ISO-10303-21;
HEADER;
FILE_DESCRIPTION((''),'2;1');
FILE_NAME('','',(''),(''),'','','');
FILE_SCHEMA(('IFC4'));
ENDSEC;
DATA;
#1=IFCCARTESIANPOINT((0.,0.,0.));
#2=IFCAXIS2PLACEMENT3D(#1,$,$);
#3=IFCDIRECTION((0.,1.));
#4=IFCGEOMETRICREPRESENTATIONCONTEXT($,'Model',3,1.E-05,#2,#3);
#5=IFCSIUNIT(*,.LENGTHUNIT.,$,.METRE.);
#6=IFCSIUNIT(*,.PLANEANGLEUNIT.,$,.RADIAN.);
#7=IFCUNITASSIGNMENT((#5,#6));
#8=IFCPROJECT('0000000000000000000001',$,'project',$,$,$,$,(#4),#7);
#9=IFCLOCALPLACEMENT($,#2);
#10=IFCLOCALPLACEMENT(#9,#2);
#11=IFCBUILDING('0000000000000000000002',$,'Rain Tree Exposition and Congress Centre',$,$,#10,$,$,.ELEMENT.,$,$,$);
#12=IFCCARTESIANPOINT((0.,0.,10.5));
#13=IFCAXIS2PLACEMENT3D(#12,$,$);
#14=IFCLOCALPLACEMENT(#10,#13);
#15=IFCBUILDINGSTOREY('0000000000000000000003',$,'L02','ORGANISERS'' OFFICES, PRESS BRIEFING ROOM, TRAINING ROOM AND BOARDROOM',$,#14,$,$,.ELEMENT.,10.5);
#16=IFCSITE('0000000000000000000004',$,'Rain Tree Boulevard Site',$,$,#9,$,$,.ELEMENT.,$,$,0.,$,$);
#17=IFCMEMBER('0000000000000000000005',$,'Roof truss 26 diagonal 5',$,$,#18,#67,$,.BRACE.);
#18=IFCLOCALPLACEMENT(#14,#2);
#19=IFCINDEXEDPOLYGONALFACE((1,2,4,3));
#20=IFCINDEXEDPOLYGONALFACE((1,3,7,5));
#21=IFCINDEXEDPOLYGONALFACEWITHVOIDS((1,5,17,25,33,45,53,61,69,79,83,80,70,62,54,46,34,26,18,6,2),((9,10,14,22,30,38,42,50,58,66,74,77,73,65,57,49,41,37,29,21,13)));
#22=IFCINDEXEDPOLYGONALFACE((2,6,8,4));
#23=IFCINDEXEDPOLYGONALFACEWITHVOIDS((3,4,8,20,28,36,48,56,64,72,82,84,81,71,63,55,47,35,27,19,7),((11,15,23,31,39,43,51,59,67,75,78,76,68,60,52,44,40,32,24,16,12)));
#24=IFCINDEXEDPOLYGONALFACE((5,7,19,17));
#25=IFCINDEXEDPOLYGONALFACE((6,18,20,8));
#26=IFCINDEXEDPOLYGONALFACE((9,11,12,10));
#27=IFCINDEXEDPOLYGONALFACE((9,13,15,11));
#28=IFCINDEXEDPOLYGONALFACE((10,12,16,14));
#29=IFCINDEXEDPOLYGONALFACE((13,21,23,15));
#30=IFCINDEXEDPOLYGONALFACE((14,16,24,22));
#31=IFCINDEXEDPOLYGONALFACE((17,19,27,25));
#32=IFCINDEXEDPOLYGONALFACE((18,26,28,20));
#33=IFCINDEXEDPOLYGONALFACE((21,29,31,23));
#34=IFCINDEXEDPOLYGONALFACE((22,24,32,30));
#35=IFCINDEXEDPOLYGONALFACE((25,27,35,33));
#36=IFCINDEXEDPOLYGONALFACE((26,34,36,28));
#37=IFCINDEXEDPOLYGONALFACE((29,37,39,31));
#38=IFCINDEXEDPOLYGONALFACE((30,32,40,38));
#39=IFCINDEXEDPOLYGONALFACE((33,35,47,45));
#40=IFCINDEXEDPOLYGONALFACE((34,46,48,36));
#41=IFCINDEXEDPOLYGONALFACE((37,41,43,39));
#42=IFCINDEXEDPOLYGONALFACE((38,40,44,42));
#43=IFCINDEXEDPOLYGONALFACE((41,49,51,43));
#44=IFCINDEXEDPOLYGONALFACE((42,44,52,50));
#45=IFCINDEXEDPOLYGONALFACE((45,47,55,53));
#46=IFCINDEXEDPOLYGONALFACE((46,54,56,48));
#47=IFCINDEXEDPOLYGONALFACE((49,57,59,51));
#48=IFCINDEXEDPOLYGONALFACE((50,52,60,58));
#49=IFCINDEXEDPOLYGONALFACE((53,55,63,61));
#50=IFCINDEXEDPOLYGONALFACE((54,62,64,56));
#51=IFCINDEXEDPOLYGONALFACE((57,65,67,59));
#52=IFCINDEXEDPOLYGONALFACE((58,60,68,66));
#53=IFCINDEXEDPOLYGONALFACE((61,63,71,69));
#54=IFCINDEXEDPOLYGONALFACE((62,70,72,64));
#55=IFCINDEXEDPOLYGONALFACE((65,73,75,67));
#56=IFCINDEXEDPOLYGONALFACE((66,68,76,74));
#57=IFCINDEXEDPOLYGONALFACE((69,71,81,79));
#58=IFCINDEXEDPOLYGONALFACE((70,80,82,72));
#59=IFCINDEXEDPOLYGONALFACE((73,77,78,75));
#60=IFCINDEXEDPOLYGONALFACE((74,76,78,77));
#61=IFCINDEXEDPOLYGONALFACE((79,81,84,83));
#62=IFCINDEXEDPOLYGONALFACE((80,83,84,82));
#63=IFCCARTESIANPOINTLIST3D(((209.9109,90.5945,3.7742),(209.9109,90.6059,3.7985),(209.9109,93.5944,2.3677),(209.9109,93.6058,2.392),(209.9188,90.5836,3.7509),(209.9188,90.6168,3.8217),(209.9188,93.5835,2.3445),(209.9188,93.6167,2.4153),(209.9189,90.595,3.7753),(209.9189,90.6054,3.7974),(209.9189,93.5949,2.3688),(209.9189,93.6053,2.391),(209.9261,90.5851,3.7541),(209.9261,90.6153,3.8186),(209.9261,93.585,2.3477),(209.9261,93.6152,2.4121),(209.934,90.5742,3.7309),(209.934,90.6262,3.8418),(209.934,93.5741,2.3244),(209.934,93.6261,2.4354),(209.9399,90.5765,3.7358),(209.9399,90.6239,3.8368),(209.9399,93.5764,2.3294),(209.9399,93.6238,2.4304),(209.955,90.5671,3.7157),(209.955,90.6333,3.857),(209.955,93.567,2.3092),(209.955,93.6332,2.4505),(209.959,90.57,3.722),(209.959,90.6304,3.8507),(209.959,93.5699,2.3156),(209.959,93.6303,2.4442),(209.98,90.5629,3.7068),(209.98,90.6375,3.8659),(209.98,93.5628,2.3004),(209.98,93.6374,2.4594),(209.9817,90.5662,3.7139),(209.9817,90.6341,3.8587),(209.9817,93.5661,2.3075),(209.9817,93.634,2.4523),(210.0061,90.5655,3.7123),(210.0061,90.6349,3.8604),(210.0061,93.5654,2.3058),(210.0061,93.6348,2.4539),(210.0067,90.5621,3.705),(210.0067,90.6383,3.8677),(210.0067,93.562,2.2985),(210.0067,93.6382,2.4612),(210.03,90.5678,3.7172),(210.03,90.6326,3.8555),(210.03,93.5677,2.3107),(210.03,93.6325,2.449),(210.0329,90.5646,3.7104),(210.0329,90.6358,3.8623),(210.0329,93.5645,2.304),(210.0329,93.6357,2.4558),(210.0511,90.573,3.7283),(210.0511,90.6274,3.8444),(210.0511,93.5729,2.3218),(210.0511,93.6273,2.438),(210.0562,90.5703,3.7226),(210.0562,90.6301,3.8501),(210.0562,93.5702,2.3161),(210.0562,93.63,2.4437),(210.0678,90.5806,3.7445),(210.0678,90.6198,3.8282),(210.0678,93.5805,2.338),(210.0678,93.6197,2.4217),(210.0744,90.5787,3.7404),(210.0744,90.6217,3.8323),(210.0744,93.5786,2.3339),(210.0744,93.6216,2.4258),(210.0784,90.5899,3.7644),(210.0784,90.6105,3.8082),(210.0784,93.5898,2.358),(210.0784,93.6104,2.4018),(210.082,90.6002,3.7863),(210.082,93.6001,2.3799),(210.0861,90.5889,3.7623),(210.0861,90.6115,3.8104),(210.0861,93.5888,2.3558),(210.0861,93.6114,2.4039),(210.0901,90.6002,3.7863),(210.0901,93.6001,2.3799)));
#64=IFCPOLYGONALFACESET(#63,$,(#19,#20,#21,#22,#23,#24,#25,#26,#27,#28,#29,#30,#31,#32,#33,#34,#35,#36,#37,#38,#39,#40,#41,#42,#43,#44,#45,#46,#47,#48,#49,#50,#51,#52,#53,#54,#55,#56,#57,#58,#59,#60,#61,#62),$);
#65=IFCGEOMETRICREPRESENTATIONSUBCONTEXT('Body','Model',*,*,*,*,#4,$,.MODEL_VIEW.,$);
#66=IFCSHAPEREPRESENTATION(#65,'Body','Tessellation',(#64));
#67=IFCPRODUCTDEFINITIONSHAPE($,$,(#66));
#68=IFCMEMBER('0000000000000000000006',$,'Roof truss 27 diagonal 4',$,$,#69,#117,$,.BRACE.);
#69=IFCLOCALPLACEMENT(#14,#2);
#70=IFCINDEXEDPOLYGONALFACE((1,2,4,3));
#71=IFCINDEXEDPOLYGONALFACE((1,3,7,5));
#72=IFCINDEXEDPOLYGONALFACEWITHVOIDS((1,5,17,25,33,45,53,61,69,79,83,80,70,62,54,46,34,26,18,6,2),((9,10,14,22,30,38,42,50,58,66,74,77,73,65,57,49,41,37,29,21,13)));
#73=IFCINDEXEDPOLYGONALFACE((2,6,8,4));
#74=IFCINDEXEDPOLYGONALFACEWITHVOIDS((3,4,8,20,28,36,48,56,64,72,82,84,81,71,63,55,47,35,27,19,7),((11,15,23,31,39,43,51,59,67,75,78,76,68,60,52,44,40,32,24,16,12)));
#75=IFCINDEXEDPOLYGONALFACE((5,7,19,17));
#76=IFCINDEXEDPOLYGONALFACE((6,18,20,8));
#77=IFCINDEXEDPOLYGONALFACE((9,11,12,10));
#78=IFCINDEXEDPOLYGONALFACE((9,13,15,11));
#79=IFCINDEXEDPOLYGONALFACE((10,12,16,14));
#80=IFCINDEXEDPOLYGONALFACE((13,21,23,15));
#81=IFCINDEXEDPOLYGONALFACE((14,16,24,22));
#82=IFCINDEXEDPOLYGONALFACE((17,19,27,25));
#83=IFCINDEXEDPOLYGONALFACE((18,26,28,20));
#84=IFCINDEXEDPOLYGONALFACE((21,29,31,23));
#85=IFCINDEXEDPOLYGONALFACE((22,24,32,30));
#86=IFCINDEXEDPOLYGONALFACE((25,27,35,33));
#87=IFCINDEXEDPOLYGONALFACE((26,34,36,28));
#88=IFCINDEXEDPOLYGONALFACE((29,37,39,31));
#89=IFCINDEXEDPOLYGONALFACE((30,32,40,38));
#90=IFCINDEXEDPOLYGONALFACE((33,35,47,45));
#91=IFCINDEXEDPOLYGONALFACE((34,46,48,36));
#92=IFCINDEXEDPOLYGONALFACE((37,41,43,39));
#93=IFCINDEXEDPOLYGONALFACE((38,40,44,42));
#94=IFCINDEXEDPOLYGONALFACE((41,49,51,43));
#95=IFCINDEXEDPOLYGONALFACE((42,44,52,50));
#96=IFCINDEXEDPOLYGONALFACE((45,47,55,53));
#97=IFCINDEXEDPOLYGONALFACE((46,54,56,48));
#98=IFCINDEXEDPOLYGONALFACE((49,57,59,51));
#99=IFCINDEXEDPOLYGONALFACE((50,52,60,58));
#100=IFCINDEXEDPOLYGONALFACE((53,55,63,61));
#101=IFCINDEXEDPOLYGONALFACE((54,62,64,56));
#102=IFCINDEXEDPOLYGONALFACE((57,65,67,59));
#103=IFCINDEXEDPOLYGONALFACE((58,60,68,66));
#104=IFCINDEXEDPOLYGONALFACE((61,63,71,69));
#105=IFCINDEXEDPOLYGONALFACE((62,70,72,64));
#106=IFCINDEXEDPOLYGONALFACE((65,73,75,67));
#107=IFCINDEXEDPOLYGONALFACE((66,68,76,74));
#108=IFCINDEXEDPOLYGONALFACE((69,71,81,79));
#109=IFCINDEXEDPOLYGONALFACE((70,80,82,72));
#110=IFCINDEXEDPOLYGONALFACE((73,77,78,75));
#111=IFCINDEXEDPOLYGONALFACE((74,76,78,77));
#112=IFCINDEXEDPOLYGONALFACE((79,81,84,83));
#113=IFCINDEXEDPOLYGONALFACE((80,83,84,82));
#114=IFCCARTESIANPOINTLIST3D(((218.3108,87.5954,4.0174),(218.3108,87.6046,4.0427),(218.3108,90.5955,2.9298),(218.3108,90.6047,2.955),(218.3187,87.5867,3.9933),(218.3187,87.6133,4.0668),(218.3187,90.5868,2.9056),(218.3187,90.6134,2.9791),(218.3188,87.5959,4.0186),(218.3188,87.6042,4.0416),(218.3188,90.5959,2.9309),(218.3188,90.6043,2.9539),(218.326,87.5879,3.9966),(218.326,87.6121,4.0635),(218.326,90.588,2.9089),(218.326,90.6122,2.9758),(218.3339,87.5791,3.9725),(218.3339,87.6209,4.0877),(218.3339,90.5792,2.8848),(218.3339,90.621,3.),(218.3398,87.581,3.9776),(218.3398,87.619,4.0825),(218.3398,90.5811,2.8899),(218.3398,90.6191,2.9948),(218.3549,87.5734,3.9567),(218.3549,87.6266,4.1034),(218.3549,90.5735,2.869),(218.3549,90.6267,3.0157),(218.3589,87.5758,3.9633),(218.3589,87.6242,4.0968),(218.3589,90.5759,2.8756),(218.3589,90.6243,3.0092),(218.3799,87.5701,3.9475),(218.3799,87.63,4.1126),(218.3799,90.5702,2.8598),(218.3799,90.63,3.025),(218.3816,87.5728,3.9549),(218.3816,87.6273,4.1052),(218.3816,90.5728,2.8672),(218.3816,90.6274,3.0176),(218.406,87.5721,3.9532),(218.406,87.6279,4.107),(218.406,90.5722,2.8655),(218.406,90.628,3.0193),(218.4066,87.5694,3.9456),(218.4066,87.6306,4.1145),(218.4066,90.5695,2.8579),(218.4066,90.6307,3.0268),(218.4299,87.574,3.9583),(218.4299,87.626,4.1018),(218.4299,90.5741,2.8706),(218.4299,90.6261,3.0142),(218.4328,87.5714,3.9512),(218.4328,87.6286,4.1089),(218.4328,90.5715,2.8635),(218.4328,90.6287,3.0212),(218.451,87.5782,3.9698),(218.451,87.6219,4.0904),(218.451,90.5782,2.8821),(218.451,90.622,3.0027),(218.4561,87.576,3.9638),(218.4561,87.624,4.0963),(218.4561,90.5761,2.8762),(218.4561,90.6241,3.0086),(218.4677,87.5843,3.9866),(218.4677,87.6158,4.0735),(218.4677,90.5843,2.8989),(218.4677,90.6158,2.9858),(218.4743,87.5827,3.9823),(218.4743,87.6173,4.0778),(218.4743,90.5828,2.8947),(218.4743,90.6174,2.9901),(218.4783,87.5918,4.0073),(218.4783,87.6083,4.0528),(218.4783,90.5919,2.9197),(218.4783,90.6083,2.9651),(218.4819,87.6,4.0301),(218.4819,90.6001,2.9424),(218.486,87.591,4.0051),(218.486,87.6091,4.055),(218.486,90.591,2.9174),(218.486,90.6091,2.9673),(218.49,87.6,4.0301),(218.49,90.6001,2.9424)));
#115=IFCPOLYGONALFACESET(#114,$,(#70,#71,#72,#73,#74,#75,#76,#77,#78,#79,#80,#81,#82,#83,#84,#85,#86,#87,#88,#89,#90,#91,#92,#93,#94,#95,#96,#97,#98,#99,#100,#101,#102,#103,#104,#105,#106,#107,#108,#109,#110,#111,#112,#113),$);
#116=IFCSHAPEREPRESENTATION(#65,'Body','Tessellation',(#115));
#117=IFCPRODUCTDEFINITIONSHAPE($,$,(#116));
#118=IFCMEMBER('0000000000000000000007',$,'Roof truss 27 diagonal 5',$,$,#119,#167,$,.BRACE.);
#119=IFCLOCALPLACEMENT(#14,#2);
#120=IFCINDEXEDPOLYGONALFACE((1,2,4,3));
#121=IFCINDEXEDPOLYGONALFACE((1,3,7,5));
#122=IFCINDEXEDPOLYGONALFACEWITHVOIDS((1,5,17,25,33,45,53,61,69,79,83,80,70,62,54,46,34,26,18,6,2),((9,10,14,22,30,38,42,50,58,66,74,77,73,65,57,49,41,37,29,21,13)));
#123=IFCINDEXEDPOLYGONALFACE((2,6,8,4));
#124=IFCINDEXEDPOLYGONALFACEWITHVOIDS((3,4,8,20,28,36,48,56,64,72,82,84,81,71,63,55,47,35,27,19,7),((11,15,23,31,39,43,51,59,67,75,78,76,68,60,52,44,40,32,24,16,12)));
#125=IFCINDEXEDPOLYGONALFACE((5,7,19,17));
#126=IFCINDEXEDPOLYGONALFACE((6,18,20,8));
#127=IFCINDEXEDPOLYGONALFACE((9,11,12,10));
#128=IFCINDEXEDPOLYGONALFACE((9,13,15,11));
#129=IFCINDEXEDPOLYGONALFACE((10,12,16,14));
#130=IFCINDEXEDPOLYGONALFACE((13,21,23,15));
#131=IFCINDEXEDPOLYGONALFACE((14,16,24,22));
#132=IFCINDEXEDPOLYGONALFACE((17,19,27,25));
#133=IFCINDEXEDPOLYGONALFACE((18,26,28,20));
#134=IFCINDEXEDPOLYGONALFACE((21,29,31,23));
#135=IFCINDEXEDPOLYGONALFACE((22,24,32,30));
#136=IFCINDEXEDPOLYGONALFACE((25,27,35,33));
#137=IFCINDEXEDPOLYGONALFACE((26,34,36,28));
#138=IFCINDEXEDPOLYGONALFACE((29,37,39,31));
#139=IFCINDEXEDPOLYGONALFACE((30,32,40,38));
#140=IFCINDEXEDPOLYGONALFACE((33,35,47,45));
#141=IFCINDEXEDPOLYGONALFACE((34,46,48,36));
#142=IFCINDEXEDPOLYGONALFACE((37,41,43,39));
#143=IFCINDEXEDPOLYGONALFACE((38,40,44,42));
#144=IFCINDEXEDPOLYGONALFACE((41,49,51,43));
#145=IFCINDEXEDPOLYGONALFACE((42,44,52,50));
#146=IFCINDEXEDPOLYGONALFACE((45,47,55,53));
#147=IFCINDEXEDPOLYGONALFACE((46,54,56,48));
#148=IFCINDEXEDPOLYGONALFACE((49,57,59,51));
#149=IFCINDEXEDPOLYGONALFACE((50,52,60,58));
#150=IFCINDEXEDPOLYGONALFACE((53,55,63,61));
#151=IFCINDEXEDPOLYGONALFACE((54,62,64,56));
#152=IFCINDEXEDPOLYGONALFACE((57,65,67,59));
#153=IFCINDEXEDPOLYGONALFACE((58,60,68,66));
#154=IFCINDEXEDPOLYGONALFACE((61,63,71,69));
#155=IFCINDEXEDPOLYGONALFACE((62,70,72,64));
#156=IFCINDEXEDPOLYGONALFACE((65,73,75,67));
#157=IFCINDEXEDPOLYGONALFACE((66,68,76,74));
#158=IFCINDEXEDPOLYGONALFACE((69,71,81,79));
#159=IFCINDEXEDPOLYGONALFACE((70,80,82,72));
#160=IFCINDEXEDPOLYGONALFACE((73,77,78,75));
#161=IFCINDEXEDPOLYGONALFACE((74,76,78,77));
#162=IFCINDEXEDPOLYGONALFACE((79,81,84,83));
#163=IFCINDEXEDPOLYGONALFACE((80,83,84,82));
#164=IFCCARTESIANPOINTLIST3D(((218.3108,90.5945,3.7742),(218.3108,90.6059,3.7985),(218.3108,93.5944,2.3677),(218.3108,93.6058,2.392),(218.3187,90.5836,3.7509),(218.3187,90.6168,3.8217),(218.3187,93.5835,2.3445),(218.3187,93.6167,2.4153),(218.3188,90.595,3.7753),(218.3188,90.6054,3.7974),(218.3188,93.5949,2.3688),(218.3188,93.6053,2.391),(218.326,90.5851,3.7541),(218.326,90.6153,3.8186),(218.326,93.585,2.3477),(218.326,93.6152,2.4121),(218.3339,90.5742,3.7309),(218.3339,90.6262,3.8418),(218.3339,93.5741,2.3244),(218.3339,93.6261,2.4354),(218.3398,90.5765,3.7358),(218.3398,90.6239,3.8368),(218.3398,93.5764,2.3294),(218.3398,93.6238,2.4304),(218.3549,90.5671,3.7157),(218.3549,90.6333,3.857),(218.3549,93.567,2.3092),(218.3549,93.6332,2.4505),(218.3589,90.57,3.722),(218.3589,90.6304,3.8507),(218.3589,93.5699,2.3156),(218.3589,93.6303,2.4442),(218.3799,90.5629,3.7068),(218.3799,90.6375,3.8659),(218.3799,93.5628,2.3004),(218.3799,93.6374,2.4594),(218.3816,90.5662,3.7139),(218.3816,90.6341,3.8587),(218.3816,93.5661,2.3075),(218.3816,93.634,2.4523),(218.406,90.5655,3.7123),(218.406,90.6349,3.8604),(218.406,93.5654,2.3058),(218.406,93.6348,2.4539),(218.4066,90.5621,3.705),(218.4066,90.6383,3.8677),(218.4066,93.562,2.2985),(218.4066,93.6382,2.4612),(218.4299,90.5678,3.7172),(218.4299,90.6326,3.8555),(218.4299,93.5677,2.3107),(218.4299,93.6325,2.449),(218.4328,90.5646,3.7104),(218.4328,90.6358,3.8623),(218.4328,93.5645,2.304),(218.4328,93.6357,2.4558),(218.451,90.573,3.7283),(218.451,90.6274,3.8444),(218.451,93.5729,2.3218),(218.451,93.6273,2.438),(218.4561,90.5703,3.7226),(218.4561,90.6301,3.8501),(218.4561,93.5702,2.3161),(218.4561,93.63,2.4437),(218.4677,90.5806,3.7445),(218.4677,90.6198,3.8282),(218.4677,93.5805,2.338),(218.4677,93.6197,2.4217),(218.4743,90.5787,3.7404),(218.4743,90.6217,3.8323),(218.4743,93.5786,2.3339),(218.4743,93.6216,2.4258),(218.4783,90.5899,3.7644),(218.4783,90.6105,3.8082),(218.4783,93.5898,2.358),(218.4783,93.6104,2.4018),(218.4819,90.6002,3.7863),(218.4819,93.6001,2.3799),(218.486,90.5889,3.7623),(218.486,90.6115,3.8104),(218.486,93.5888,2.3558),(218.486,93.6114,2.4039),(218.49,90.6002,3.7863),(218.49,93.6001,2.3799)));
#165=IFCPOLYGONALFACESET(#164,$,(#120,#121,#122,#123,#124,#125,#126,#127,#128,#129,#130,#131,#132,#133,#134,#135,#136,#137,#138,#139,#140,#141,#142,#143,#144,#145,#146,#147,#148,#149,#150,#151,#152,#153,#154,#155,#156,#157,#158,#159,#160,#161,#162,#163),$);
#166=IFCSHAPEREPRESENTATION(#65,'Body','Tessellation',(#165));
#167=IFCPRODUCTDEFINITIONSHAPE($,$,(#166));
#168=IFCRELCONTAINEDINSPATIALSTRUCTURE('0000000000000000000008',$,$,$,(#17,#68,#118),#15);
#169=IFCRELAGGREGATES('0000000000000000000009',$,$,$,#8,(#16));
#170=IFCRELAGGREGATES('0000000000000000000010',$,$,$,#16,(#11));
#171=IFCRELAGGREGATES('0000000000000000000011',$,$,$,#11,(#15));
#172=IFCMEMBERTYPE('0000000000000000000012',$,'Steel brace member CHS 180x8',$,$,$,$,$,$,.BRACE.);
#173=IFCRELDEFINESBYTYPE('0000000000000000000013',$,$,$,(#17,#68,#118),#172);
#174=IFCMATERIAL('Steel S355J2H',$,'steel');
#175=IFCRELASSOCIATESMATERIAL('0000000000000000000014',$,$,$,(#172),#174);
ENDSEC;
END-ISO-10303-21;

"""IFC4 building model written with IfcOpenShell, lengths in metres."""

from ifc_helpers import new_model, si_unit, direction, frame, origin, origin_2d, place, context, subcontext, project, spatial, hollow_circle, extrude, material, material_profile, profile_set, type_object, element, save


model = new_model("IFC4")

# Units and contexts
model_context = context("Model", 3, precision=1e-05, world=origin(), true_north=direction((0.0, 1.0)))
body_context = subcontext(model_context, "Body", "Model", "MODEL_VIEW")
ifc_project = project(units=[si_unit("LENGTHUNIT", "METRE"), si_unit("PLANEANGLEUNIT", "RADIAN")], contexts=[model_context])

# Site, building, storey
site_placement = place(None, origin())
site = spatial("IfcSite", under=ifc_project, at=site_placement, Name="Rain Tree Boulevard Site", CompositionType="ELEMENT", RefElevation=0.0)
building_placement = place(site_placement, origin())
building = spatial("IfcBuilding", under=site, at=building_placement, Name="Rain Tree Exposition and Congress Centre", CompositionType="ELEMENT")
storey_placement = place(building_placement, frame((0.0, 0.0, 10.5)))
storey = spatial("IfcBuildingStorey", under=building, at=storey_placement, Name="L02", Description="ORGANISERS' OFFICES, PRESS BRIEFING ROOM, TRAINING ROOM AND BOARDROOM", CompositionType="ELEMENT", Elevation=10.5)

# Members
ifc_material_1 = material(Name="Steel S355J2H", Category="steel")
ifc_material_profile_1 = material_profile(ifc_material_1, hollow_circle(Radius=0.0901, WallThickness=0.0081, at=origin_2d()), Name="CHS 180x8")
ifc_profile_set_1 = profile_set([ifc_material_profile_1], Name="Steel S355J2H")
member_type_1 = type_object("IfcMemberType", Name="Steel brace member CHS 180x8", PredefinedType="BRACE", material=ifc_profile_set_1)
member_1_placement = place(storey_placement, frame((210.0, 93.6001, 2.3799), z_axis=(0.0, -0.905431, 0.424494), x_axis=(1.0, 0.0, 0.0)))
element("IfcMember", 1, at=member_1_placement, inside=storey, type_object=member_type_1, Name="Roof truss 26 diagonal 5", PredefinedType="BRACE", context=body_context, shape_type="SweptSolid", body=[
    extrude(hollow_circle(Radius=0.0901, WallThickness=0.0081, at=origin_2d()), origin(), (0.0, 0.0, 1.0), 3.3132),
])
member_2_placement = place(storey_placement, frame((218.3999, 90.6001, 2.9424), z_axis=(0.0, -0.940121, 0.34084), x_axis=(1.0, 0.0, 0.0)))
element("IfcMember", 2, at=member_2_placement, inside=storey, type_object=member_type_1, Name="Roof truss 27 diagonal 4", PredefinedType="BRACE", context=body_context, shape_type="SweptSolid", body=[
    extrude(hollow_circle(Radius=0.0901, WallThickness=0.0081, at=origin_2d()), origin(), (0.0, 0.0, 1.0), 3.1912),
])
member_3_placement = place(storey_placement, frame((218.3999, 93.6001, 2.3799), z_axis=(0.0, -0.905431, 0.424494), x_axis=(1.0, 0.0, 0.0)))
element("IfcMember", 3, at=member_3_placement, inside=storey, type_object=member_type_1, Name="Roof truss 27 diagonal 5", PredefinedType="BRACE", context=body_context, shape_type="SweptSolid", body=[
    extrude(hollow_circle(Radius=0.0901, WallThickness=0.0081, at=origin_2d()), origin(), (0.0, 0.0, 1.0), 3.3132),
])

save(model, "model.ifc")
